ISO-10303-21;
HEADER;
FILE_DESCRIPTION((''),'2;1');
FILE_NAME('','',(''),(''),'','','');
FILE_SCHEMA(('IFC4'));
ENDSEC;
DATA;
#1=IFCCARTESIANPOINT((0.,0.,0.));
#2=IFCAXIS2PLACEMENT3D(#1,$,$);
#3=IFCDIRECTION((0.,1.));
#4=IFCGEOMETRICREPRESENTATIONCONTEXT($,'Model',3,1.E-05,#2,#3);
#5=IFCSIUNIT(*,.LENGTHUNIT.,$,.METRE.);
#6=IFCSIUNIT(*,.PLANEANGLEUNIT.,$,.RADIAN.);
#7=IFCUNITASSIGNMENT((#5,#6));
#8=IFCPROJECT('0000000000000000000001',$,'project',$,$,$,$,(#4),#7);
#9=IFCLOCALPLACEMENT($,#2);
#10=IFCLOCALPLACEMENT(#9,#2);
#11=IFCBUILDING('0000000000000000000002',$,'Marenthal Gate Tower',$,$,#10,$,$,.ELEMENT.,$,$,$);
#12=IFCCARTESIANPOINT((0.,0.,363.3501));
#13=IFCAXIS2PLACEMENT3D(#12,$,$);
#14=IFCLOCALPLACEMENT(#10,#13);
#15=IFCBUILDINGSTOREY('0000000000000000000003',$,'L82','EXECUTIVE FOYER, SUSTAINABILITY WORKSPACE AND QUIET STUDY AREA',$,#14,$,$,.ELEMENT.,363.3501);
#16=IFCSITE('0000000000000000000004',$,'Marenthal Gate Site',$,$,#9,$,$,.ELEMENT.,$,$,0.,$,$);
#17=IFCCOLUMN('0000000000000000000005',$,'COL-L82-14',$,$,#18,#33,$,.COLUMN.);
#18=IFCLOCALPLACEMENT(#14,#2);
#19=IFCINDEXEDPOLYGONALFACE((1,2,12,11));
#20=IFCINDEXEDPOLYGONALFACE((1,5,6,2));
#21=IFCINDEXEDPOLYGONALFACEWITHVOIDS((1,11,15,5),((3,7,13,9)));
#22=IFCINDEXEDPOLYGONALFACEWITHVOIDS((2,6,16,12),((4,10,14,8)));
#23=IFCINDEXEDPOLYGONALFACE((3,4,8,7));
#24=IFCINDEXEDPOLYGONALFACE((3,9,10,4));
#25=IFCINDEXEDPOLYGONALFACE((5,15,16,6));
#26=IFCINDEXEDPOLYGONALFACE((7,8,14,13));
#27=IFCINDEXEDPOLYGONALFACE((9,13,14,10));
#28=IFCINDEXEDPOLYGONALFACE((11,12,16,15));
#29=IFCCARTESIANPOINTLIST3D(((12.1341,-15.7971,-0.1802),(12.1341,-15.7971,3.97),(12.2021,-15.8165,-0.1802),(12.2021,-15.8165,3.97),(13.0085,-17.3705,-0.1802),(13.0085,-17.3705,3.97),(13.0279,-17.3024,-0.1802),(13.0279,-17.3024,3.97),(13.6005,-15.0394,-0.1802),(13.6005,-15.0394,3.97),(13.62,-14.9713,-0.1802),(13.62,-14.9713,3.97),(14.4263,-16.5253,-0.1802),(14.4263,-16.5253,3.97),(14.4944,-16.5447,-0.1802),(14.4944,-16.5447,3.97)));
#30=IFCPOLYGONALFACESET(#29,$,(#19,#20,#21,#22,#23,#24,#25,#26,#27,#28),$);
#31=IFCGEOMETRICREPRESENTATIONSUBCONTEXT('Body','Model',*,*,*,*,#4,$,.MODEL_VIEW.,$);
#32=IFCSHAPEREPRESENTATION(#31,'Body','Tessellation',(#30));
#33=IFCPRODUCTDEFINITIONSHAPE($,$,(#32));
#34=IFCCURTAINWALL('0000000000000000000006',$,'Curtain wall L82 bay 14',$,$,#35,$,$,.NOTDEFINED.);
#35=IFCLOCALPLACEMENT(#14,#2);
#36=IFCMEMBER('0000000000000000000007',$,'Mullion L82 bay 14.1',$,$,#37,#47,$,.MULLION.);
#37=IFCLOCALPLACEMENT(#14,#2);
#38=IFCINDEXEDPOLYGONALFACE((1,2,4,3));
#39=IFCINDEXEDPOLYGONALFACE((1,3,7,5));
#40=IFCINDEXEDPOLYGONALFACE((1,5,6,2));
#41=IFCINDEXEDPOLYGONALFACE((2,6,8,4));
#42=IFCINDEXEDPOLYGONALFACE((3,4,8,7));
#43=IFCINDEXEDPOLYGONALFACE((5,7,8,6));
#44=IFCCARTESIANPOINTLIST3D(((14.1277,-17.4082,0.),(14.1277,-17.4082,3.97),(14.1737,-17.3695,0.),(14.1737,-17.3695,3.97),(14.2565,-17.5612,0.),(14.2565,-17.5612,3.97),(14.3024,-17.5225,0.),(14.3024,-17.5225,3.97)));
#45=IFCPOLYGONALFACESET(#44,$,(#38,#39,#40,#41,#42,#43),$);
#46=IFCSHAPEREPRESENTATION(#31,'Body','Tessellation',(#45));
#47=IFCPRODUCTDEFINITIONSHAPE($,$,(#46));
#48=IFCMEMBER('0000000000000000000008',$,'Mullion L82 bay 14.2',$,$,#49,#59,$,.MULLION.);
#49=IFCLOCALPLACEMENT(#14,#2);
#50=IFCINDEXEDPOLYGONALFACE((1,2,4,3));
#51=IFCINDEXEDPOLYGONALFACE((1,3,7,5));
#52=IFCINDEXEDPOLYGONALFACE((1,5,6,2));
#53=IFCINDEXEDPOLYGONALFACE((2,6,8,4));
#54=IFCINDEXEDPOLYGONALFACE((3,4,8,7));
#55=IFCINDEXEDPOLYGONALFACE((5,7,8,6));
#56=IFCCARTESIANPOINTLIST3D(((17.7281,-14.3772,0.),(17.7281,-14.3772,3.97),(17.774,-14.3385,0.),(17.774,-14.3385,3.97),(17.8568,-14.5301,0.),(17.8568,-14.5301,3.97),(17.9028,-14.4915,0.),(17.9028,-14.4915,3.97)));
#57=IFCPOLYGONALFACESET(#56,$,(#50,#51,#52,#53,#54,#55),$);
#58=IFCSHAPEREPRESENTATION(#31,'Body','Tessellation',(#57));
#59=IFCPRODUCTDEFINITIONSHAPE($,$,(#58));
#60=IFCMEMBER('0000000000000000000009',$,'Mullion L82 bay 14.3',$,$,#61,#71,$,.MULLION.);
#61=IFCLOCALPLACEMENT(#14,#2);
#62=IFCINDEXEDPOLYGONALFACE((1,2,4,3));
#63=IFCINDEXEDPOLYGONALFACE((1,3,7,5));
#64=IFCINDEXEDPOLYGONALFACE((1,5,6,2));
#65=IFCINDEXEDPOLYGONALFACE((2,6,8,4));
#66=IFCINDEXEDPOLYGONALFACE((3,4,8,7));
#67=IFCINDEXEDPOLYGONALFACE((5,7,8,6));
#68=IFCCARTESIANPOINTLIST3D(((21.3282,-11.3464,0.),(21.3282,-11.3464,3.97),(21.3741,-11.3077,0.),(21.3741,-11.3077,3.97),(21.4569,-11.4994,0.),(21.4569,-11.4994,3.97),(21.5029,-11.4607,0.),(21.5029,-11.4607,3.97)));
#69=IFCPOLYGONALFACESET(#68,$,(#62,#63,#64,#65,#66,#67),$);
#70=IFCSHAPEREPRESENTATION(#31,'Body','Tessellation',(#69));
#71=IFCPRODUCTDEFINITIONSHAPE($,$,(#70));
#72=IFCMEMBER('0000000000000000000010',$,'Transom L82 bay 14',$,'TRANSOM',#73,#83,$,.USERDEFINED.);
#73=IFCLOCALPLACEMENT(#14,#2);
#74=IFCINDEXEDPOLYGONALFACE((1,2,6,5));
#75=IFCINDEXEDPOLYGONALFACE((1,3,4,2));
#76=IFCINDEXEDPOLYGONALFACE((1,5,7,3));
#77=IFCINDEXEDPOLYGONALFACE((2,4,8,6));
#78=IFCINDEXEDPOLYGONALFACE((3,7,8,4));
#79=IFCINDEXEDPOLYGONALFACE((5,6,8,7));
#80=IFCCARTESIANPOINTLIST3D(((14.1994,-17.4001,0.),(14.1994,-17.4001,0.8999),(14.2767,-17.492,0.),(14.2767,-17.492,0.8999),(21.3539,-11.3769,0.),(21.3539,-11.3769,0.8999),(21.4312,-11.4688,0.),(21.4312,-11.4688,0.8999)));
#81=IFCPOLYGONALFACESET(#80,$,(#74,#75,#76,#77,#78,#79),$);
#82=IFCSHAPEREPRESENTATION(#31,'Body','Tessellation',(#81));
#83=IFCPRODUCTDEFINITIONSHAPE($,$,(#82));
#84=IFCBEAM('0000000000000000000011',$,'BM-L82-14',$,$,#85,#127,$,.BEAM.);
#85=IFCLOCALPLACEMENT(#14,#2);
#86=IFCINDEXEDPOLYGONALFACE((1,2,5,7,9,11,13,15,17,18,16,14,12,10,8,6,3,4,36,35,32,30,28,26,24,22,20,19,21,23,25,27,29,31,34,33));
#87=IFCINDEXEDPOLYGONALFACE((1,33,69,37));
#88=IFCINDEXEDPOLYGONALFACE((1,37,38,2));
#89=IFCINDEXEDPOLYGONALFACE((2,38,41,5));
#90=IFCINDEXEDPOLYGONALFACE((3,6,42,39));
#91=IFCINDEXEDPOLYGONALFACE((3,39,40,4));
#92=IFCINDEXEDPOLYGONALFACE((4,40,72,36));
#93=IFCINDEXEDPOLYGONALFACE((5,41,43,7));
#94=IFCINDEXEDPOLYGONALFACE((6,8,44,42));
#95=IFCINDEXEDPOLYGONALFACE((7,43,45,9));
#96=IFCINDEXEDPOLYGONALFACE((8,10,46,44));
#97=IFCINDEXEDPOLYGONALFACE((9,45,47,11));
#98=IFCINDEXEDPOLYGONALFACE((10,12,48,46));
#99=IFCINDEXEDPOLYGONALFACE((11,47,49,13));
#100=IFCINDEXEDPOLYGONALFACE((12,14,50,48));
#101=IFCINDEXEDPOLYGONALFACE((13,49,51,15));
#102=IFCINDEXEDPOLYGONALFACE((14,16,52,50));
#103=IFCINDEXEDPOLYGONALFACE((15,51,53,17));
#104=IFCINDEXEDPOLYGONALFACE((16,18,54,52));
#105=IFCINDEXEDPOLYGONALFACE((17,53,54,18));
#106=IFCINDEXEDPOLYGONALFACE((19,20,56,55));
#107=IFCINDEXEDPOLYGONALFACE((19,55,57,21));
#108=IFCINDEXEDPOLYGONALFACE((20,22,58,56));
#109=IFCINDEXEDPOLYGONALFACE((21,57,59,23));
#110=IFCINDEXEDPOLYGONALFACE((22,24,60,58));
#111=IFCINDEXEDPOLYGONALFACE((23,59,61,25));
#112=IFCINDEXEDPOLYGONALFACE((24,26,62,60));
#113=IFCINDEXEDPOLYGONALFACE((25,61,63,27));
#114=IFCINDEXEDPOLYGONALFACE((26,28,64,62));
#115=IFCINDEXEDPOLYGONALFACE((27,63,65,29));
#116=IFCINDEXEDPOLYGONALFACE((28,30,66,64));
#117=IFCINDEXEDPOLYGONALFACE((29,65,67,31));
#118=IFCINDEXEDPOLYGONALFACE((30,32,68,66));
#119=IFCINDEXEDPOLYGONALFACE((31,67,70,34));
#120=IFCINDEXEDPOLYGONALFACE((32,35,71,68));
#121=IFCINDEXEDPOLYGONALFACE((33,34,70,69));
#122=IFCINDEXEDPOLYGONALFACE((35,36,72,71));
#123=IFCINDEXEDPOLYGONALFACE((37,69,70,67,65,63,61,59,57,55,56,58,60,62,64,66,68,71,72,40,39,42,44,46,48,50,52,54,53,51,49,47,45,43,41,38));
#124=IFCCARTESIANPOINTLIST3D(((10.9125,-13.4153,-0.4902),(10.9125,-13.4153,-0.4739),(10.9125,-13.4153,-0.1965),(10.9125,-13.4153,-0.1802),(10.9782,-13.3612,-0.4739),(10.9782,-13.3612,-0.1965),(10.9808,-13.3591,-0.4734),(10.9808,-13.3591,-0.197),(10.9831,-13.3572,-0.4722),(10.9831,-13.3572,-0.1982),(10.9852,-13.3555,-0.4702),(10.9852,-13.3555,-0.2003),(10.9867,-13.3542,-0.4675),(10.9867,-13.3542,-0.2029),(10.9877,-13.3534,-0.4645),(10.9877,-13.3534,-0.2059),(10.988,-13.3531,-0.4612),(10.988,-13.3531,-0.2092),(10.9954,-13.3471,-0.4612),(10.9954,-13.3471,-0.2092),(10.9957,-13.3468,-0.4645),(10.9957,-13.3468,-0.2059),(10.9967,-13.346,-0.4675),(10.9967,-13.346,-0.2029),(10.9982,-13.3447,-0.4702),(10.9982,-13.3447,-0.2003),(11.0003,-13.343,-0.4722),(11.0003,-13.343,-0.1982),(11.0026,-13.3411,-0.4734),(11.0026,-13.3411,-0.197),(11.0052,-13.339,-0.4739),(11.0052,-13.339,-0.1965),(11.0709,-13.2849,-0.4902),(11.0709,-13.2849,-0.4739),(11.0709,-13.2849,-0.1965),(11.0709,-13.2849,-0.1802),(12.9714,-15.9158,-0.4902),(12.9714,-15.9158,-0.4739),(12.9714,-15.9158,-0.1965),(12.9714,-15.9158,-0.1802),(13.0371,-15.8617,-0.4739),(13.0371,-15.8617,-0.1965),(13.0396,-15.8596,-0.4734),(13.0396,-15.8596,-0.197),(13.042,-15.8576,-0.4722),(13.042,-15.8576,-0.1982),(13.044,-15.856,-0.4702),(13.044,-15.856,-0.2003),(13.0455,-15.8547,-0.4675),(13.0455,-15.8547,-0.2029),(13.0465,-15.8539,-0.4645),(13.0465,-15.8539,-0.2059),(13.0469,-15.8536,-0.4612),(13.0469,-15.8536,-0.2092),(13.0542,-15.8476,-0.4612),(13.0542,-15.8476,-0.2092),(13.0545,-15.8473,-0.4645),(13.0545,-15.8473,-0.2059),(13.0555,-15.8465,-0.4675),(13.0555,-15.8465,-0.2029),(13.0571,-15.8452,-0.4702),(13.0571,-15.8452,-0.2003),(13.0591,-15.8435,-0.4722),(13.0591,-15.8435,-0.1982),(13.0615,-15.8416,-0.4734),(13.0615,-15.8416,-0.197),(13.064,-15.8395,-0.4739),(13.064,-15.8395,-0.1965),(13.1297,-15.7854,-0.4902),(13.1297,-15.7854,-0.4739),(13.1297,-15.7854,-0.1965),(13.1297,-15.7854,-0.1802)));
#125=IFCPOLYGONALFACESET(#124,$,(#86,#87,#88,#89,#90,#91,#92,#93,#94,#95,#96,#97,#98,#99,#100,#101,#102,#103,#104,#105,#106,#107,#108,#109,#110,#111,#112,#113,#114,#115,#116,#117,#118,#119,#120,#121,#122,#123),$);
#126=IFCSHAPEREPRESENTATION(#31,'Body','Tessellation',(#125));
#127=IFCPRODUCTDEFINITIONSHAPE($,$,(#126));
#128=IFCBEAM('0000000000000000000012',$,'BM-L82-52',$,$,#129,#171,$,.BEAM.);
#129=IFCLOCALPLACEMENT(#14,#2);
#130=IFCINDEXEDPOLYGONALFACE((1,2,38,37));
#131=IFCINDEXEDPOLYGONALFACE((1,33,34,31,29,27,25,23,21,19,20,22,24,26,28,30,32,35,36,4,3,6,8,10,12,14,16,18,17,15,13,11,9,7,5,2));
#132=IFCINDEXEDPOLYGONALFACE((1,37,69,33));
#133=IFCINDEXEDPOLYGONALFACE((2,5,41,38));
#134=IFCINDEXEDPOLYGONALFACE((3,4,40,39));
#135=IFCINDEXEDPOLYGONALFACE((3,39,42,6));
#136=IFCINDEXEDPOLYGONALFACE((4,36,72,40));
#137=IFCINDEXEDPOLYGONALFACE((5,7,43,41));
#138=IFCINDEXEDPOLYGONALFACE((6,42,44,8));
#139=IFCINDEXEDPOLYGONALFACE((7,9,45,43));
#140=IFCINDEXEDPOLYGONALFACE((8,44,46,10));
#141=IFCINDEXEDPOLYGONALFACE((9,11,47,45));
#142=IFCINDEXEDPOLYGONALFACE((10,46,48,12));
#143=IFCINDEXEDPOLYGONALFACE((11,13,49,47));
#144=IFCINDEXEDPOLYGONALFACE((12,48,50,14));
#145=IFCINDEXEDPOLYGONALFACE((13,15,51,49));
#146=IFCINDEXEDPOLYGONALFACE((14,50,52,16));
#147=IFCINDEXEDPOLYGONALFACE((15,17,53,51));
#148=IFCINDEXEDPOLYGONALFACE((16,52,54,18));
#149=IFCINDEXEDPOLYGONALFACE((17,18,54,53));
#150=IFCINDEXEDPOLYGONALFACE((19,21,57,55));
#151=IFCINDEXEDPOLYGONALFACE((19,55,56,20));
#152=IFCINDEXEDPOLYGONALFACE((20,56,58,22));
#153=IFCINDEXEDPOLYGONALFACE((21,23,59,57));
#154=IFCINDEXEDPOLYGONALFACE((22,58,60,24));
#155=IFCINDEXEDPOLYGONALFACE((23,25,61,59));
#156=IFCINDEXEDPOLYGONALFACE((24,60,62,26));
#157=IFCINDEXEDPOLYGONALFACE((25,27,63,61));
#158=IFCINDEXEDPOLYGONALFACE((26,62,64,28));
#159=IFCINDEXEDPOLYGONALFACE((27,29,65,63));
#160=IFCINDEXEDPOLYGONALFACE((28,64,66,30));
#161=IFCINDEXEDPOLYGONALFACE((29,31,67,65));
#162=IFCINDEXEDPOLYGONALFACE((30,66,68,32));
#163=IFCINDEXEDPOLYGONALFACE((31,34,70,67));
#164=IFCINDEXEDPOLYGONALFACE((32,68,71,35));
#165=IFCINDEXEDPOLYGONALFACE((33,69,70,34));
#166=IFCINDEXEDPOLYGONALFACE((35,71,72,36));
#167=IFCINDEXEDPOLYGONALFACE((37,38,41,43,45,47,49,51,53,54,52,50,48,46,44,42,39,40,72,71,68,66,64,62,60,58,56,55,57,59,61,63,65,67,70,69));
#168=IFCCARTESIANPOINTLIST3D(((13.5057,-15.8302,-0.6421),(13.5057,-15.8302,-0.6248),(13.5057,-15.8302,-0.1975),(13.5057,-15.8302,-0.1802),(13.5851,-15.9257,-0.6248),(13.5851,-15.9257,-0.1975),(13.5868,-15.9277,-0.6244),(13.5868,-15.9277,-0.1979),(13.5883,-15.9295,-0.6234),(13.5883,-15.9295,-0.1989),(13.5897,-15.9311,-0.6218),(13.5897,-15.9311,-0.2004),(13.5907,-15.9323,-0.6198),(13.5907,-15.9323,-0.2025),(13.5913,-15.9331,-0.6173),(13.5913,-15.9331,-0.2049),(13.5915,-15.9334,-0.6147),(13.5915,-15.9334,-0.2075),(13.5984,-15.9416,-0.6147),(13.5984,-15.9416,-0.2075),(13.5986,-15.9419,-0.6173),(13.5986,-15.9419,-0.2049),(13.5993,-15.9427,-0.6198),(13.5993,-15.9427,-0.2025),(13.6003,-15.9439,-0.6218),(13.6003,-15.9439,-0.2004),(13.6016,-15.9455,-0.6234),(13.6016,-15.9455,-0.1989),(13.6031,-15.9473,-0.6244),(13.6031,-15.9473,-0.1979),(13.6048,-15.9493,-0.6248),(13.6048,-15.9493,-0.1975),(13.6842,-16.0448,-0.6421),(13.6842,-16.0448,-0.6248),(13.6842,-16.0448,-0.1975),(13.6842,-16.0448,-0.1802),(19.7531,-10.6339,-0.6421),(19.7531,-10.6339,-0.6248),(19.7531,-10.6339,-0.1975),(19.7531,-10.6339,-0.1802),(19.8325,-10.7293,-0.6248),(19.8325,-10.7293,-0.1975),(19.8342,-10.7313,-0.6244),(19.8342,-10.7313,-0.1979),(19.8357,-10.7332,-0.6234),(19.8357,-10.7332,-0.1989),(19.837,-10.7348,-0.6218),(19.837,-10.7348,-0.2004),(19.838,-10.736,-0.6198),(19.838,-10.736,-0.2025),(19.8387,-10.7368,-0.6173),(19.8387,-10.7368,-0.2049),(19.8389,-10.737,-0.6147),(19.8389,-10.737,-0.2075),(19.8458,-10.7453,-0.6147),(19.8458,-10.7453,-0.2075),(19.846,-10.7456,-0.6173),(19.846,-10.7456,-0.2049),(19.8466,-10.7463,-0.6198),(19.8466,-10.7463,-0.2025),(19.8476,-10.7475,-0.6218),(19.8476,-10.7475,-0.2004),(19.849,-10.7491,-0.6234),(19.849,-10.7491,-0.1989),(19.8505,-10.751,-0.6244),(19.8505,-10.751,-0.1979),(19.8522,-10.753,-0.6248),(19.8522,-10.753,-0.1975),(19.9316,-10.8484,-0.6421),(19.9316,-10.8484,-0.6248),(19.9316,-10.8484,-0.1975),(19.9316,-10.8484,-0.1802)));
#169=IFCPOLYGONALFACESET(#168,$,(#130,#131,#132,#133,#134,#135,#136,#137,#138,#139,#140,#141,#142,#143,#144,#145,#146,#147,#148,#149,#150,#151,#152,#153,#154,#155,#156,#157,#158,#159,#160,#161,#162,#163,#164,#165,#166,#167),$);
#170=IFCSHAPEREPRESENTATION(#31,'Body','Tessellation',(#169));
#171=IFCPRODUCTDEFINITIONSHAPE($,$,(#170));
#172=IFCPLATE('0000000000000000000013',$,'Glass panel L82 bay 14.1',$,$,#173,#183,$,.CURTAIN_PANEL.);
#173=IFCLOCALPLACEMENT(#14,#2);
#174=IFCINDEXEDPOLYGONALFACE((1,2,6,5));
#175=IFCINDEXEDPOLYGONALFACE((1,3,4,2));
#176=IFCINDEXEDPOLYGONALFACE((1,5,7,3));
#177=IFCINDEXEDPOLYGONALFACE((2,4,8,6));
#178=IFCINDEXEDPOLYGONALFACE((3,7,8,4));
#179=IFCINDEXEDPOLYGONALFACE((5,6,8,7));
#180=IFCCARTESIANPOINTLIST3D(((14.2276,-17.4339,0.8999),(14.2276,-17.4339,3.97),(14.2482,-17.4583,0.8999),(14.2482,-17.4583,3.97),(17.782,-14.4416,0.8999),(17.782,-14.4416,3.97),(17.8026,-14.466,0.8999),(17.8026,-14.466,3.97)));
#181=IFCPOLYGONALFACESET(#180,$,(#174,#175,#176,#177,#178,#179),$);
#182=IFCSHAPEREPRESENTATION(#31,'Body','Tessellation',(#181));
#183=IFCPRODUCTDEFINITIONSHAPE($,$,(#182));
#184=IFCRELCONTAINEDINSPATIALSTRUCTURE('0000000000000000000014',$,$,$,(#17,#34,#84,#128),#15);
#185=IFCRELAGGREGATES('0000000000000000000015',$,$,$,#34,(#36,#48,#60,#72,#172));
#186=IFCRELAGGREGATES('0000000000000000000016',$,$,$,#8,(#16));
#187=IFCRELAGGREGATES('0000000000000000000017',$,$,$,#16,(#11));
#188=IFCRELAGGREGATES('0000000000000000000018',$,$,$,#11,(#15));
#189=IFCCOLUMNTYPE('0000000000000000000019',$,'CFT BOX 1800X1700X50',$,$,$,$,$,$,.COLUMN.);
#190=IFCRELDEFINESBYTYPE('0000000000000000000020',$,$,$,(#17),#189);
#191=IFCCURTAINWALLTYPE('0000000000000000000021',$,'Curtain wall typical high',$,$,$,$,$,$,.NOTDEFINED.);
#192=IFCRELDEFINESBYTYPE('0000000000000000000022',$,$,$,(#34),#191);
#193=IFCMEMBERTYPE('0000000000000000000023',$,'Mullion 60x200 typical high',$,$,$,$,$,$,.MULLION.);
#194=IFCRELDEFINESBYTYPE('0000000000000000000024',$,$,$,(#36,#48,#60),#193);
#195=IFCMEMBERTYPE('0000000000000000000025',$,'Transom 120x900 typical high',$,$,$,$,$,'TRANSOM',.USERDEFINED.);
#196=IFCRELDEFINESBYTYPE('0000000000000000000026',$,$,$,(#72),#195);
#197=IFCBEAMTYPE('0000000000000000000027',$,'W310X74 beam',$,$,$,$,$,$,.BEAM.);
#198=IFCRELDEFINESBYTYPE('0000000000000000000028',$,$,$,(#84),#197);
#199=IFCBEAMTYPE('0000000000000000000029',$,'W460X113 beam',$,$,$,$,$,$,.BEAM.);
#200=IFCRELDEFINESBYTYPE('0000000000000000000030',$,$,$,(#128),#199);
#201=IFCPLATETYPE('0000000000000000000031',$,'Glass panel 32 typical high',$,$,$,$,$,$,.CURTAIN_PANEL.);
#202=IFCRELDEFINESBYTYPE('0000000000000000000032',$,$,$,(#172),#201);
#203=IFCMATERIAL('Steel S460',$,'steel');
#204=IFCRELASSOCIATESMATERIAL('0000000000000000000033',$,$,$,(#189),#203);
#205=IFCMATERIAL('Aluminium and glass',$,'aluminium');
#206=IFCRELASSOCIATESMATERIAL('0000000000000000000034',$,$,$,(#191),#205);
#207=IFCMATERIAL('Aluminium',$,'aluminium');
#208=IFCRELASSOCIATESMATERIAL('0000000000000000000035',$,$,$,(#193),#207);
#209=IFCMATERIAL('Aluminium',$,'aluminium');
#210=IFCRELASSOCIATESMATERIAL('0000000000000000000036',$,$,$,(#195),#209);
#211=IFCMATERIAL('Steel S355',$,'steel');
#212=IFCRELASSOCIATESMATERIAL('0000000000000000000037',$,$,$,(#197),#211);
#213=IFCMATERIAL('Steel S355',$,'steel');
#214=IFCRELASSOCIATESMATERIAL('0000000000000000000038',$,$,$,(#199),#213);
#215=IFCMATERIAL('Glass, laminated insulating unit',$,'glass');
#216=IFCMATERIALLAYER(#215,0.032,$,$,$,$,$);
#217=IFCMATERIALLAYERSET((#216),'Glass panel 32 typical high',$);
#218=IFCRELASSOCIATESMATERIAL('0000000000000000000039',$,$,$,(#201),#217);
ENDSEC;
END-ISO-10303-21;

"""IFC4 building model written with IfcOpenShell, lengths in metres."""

from ifc_helpers import new_model, si_unit, direction, frame, origin, origin_2d, place, context, subcontext, project, spatial, rectangle, hollow_rectangle, i_section, extrude, material, layer, layer_set, material_profile, profile_set, type_object, element, aggregate, save


model = new_model("IFC4")

# Units and contexts
model_context = context("Model", 3, precision=1e-05, world=origin(), true_north=direction((0.0, 1.0)))
body_context = subcontext(model_context, "Body", "Model", "MODEL_VIEW")
ifc_project = project(units=[si_unit("LENGTHUNIT", "METRE"), si_unit("PLANEANGLEUNIT", "RADIAN")], contexts=[model_context])

# Site, building, storey
site_placement = place(None, origin())
site = spatial("IfcSite", under=ifc_project, at=site_placement, Name="Marenthal Gate Site", CompositionType="ELEMENT", RefElevation=0.0)
building_placement = place(site_placement, origin())
building = spatial("IfcBuilding", under=site, at=building_placement, Name="Marenthal Gate Tower", CompositionType="ELEMENT")
storey_placement = place(building_placement, frame((0.0, 0.0, 363.3501)))
storey = spatial("IfcBuildingStorey", under=building, at=storey_placement, Name="L82", Description="EXECUTIVE FOYER, SUSTAINABILITY WORKSPACE AND QUIET STUDY AREA", CompositionType="ELEMENT", Elevation=363.3501)

# Column
ifc_material_1 = material(Name="Steel S460", Category="steel")
ifc_material_profile_1 = material_profile(ifc_material_1, hollow_rectangle(XDim=1.7, YDim=1.8, WallThickness=0.05, at=origin_2d()), Name="CFT BOX 1800X1700X50")
ifc_material_2 = material(Name="Concrete 70 MPa", Category="concrete")
ifc_material_profile_2 = material_profile(ifc_material_2, rectangle(XDim=1.6001, YDim=1.7, at=origin_2d()), Name="CFT BOX 1800X1700X50 INFILL")
ifc_profile_set_1 = profile_set([ifc_material_profile_1, ifc_material_profile_2], Name="Steel S460 shell, Concrete 70 MPa infill")
column_type = type_object("IfcColumnType", Name="CFT BOX 1800X1700X50", PredefinedType="COLUMN", material=ifc_profile_set_1)
column_placement = place(storey_placement, frame((13.3142, -16.1709, -0.1802), z_axis=(0.0, 0.0, 1.0), x_axis=(-0.874089, -0.485765, 0.0)))
element("IfcColumn", 1, at=column_placement, inside=storey, type_object=column_type, Name="COL-L82-14", PredefinedType="COLUMN", context=body_context, shape_type="SweptSolid", body=[
    extrude(hollow_rectangle(XDim=1.7, YDim=1.8, WallThickness=0.05, at=origin_2d()), origin(), (0.0, 0.0, 1.0), 4.1501),
])

# Curtain wall, members
ifc_material_3 = material(Name="Aluminium and glass", Category="aluminium")
curtain_wall_type = type_object("IfcCurtainWallType", Name="Curtain wall typical high", PredefinedType="NOTDEFINED", material=ifc_material_3)
curtain_wall_placement = place(storey_placement, origin())
curtain_wall = element("IfcCurtainWall", 2, at=curtain_wall_placement, inside=storey, type_object=curtain_wall_type, Name="Curtain wall L82 bay 14", PredefinedType="NOTDEFINED")
ifc_material_4 = material(Name="Aluminium", Category="aluminium")
ifc_material_profile_3 = material_profile(ifc_material_4, rectangle(XDim=0.2, YDim=0.0601, at=origin_2d()), Name="60x200 aluminium mullion")
ifc_profile_set_2 = profile_set([ifc_material_profile_3], Name="Aluminium")
member_type_1 = type_object("IfcMemberType", Name="Mullion 60x200 typical high", PredefinedType="MULLION", material=ifc_profile_set_2)
member_1_placement = place(storey_placement, frame((14.2151, -17.4653, 0.0), z_axis=(0.0, 0.0, 1.0), x_axis=(-0.644023, 0.765006, 0.0)))
member_1 = element("IfcMember", 3, at=member_1_placement, type_object=member_type_1, Name="Mullion L82 bay 14.1", PredefinedType="MULLION", context=body_context, shape_type="SweptSolid", body=[
    extrude(rectangle(XDim=0.2, YDim=0.0601, at=origin_2d()), origin(), (0.0, 0.0, 1.0), 3.97),
])
member_2_placement = place(storey_placement, frame((17.8154, -14.4343, 0.0), z_axis=(0.0, 0.0, 1.0), x_axis=(-0.644023, 0.765006, 0.0)))
member_2 = element("IfcMember", 4, at=member_2_placement, type_object=member_type_1, Name="Mullion L82 bay 14.2", PredefinedType="MULLION", context=body_context, shape_type="SweptSolid", body=[
    extrude(rectangle(XDim=0.2, YDim=0.0601, at=origin_2d()), origin(), (0.0, 0.0, 1.0), 3.97),
])
member_3_placement = place(storey_placement, frame((21.4155, -11.4036, 0.0), z_axis=(0.0, 0.0, 1.0), x_axis=(-0.644023, 0.765006, 0.0)))
member_3 = element("IfcMember", 5, at=member_3_placement, type_object=member_type_1, Name="Mullion L82 bay 14.3", PredefinedType="MULLION", context=body_context, shape_type="SweptSolid", body=[
    extrude(rectangle(XDim=0.2, YDim=0.0601, at=origin_2d()), origin(), (0.0, 0.0, 1.0), 3.97),
])
ifc_material_5 = material(Name="Aluminium", Category="aluminium")
ifc_material_profile_4 = material_profile(ifc_material_5, rectangle(XDim=0.1201, YDim=0.8999, at=origin_2d()), Name="120x900 aluminium transom")
ifc_profile_set_3 = profile_set([ifc_material_profile_4], Name="Aluminium")
member_type_2 = type_object("IfcMemberType", Name="Transom 120x900 typical high", ElementType="TRANSOM", PredefinedType="USERDEFINED", material=ifc_profile_set_3)
member_4_placement = place(storey_placement, frame((14.238, -17.446, 0.45), z_axis=(0.765, 0.64403, 0.0), x_axis=(-0.64403, 0.765, 0.0)))
member_4 = element("IfcMember", 6, at=member_4_placement, type_object=member_type_2, Name="Transom L82 bay 14", ObjectType="TRANSOM", PredefinedType="USERDEFINED", context=body_context, shape_type="SweptSolid", body=[
    extrude(rectangle(XDim=0.1201, YDim=0.8999, at=origin_2d()), origin(), (0.0, 0.0, 1.0), 9.3523),
])

# Beams
ifc_material_6 = material(Name="Steel S355", Category="steel")
ifc_material_profile_5 = material_profile(ifc_material_6, i_section(OverallWidth=0.2051, OverallDepth=0.3101, WebThickness=0.0095, FlangeThickness=0.0164, FilletRadius=0.0127, at=origin_2d()), Name="W310X74")
ifc_profile_set_4 = profile_set([ifc_material_profile_5], Name="Steel S355")
beam_type_1 = type_object("IfcBeamType", Name="W310X74 beam", PredefinedType="BEAM", material=ifc_profile_set_4)
beam_1_placement = place(storey_placement, frame((13.0505, -15.8506, -0.3352), z_axis=(-0.635636, 0.771989, 0.0), x_axis=(-0.771989, -0.635636, 0.0)))
element("IfcBeam", 7, at=beam_1_placement, inside=storey, type_object=beam_type_1, Name="BM-L82-14", PredefinedType="BEAM", context=body_context, shape_type="SweptSolid", body=[
    extrude(i_section(OverallWidth=0.2051, OverallDepth=0.3101, WebThickness=0.0095, FlangeThickness=0.0164, FilletRadius=0.0127, at=origin_2d()), origin(), (0.0, 0.0, 1.0), 3.239),
])
ifc_material_7 = material(Name="Steel S355", Category="steel")
ifc_material_profile_6 = material_profile(ifc_material_7, i_section(OverallWidth=0.2791, OverallDepth=0.4619, WebThickness=0.0107, FlangeThickness=0.0173, FilletRadius=0.01, at=origin_2d()), Name="W460X113")
ifc_profile_set_5 = profile_set([ifc_material_profile_6], Name="Steel S355")
beam_type_2 = type_object("IfcBeamType", Name="W460X113 beam", PredefinedType="BEAM", material=ifc_profile_set_5)
beam_2_placement = place(storey_placement, frame((13.595, -15.9375, -0.4111), z_axis=(0.768814, 0.639472, 0.0), x_axis=(-0.639472, 0.768814, 0.0)))
element("IfcBeam", 8, at=beam_2_placement, inside=storey, type_object=beam_type_2, Name="BM-L82-52", PredefinedType="BEAM", context=body_context, shape_type="SweptSolid", body=[
    extrude(i_section(OverallWidth=0.2791, OverallDepth=0.4619, WebThickness=0.0107, FlangeThickness=0.0173, FilletRadius=0.01, at=origin_2d()), origin(), (0.0, 0.0, 1.0), 8.126),
])

# Plate
ifc_material_8 = material(Name="Glass, laminated insulating unit", Category="glass")
ifc_layer_1 = layer(ifc_material_8, 0.032)
ifc_layer_set_1 = layer_set([ifc_layer_1], Name="Glass panel 32 typical high")
plate_type = type_object("IfcPlateType", Name="Glass panel 32 typical high", PredefinedType="CURTAIN_PANEL", material=ifc_layer_set_1)
plate_1_placement = place(storey_placement, frame((16.0151, -15.95, 0.8999), z_axis=(0.0, 0.0, 1.0), x_axis=(0.765006, 0.644023, 0.0)))
plate_1 = element("IfcPlate", 9, at=plate_1_placement, type_object=plate_type, Name="Glass panel L82 bay 14.1", PredefinedType="CURTAIN_PANEL", context=body_context, shape_type="SweptSolid", body=[
    extrude(rectangle(XDim=4.6462, YDim=0.032, at=origin_2d()), origin(), (0.0, 0.0, 1.0), 3.0701),
])
aggregate(curtain_wall, [member_1, member_2, member_3, member_4, plate_1])

save(model, "model.ifc")
